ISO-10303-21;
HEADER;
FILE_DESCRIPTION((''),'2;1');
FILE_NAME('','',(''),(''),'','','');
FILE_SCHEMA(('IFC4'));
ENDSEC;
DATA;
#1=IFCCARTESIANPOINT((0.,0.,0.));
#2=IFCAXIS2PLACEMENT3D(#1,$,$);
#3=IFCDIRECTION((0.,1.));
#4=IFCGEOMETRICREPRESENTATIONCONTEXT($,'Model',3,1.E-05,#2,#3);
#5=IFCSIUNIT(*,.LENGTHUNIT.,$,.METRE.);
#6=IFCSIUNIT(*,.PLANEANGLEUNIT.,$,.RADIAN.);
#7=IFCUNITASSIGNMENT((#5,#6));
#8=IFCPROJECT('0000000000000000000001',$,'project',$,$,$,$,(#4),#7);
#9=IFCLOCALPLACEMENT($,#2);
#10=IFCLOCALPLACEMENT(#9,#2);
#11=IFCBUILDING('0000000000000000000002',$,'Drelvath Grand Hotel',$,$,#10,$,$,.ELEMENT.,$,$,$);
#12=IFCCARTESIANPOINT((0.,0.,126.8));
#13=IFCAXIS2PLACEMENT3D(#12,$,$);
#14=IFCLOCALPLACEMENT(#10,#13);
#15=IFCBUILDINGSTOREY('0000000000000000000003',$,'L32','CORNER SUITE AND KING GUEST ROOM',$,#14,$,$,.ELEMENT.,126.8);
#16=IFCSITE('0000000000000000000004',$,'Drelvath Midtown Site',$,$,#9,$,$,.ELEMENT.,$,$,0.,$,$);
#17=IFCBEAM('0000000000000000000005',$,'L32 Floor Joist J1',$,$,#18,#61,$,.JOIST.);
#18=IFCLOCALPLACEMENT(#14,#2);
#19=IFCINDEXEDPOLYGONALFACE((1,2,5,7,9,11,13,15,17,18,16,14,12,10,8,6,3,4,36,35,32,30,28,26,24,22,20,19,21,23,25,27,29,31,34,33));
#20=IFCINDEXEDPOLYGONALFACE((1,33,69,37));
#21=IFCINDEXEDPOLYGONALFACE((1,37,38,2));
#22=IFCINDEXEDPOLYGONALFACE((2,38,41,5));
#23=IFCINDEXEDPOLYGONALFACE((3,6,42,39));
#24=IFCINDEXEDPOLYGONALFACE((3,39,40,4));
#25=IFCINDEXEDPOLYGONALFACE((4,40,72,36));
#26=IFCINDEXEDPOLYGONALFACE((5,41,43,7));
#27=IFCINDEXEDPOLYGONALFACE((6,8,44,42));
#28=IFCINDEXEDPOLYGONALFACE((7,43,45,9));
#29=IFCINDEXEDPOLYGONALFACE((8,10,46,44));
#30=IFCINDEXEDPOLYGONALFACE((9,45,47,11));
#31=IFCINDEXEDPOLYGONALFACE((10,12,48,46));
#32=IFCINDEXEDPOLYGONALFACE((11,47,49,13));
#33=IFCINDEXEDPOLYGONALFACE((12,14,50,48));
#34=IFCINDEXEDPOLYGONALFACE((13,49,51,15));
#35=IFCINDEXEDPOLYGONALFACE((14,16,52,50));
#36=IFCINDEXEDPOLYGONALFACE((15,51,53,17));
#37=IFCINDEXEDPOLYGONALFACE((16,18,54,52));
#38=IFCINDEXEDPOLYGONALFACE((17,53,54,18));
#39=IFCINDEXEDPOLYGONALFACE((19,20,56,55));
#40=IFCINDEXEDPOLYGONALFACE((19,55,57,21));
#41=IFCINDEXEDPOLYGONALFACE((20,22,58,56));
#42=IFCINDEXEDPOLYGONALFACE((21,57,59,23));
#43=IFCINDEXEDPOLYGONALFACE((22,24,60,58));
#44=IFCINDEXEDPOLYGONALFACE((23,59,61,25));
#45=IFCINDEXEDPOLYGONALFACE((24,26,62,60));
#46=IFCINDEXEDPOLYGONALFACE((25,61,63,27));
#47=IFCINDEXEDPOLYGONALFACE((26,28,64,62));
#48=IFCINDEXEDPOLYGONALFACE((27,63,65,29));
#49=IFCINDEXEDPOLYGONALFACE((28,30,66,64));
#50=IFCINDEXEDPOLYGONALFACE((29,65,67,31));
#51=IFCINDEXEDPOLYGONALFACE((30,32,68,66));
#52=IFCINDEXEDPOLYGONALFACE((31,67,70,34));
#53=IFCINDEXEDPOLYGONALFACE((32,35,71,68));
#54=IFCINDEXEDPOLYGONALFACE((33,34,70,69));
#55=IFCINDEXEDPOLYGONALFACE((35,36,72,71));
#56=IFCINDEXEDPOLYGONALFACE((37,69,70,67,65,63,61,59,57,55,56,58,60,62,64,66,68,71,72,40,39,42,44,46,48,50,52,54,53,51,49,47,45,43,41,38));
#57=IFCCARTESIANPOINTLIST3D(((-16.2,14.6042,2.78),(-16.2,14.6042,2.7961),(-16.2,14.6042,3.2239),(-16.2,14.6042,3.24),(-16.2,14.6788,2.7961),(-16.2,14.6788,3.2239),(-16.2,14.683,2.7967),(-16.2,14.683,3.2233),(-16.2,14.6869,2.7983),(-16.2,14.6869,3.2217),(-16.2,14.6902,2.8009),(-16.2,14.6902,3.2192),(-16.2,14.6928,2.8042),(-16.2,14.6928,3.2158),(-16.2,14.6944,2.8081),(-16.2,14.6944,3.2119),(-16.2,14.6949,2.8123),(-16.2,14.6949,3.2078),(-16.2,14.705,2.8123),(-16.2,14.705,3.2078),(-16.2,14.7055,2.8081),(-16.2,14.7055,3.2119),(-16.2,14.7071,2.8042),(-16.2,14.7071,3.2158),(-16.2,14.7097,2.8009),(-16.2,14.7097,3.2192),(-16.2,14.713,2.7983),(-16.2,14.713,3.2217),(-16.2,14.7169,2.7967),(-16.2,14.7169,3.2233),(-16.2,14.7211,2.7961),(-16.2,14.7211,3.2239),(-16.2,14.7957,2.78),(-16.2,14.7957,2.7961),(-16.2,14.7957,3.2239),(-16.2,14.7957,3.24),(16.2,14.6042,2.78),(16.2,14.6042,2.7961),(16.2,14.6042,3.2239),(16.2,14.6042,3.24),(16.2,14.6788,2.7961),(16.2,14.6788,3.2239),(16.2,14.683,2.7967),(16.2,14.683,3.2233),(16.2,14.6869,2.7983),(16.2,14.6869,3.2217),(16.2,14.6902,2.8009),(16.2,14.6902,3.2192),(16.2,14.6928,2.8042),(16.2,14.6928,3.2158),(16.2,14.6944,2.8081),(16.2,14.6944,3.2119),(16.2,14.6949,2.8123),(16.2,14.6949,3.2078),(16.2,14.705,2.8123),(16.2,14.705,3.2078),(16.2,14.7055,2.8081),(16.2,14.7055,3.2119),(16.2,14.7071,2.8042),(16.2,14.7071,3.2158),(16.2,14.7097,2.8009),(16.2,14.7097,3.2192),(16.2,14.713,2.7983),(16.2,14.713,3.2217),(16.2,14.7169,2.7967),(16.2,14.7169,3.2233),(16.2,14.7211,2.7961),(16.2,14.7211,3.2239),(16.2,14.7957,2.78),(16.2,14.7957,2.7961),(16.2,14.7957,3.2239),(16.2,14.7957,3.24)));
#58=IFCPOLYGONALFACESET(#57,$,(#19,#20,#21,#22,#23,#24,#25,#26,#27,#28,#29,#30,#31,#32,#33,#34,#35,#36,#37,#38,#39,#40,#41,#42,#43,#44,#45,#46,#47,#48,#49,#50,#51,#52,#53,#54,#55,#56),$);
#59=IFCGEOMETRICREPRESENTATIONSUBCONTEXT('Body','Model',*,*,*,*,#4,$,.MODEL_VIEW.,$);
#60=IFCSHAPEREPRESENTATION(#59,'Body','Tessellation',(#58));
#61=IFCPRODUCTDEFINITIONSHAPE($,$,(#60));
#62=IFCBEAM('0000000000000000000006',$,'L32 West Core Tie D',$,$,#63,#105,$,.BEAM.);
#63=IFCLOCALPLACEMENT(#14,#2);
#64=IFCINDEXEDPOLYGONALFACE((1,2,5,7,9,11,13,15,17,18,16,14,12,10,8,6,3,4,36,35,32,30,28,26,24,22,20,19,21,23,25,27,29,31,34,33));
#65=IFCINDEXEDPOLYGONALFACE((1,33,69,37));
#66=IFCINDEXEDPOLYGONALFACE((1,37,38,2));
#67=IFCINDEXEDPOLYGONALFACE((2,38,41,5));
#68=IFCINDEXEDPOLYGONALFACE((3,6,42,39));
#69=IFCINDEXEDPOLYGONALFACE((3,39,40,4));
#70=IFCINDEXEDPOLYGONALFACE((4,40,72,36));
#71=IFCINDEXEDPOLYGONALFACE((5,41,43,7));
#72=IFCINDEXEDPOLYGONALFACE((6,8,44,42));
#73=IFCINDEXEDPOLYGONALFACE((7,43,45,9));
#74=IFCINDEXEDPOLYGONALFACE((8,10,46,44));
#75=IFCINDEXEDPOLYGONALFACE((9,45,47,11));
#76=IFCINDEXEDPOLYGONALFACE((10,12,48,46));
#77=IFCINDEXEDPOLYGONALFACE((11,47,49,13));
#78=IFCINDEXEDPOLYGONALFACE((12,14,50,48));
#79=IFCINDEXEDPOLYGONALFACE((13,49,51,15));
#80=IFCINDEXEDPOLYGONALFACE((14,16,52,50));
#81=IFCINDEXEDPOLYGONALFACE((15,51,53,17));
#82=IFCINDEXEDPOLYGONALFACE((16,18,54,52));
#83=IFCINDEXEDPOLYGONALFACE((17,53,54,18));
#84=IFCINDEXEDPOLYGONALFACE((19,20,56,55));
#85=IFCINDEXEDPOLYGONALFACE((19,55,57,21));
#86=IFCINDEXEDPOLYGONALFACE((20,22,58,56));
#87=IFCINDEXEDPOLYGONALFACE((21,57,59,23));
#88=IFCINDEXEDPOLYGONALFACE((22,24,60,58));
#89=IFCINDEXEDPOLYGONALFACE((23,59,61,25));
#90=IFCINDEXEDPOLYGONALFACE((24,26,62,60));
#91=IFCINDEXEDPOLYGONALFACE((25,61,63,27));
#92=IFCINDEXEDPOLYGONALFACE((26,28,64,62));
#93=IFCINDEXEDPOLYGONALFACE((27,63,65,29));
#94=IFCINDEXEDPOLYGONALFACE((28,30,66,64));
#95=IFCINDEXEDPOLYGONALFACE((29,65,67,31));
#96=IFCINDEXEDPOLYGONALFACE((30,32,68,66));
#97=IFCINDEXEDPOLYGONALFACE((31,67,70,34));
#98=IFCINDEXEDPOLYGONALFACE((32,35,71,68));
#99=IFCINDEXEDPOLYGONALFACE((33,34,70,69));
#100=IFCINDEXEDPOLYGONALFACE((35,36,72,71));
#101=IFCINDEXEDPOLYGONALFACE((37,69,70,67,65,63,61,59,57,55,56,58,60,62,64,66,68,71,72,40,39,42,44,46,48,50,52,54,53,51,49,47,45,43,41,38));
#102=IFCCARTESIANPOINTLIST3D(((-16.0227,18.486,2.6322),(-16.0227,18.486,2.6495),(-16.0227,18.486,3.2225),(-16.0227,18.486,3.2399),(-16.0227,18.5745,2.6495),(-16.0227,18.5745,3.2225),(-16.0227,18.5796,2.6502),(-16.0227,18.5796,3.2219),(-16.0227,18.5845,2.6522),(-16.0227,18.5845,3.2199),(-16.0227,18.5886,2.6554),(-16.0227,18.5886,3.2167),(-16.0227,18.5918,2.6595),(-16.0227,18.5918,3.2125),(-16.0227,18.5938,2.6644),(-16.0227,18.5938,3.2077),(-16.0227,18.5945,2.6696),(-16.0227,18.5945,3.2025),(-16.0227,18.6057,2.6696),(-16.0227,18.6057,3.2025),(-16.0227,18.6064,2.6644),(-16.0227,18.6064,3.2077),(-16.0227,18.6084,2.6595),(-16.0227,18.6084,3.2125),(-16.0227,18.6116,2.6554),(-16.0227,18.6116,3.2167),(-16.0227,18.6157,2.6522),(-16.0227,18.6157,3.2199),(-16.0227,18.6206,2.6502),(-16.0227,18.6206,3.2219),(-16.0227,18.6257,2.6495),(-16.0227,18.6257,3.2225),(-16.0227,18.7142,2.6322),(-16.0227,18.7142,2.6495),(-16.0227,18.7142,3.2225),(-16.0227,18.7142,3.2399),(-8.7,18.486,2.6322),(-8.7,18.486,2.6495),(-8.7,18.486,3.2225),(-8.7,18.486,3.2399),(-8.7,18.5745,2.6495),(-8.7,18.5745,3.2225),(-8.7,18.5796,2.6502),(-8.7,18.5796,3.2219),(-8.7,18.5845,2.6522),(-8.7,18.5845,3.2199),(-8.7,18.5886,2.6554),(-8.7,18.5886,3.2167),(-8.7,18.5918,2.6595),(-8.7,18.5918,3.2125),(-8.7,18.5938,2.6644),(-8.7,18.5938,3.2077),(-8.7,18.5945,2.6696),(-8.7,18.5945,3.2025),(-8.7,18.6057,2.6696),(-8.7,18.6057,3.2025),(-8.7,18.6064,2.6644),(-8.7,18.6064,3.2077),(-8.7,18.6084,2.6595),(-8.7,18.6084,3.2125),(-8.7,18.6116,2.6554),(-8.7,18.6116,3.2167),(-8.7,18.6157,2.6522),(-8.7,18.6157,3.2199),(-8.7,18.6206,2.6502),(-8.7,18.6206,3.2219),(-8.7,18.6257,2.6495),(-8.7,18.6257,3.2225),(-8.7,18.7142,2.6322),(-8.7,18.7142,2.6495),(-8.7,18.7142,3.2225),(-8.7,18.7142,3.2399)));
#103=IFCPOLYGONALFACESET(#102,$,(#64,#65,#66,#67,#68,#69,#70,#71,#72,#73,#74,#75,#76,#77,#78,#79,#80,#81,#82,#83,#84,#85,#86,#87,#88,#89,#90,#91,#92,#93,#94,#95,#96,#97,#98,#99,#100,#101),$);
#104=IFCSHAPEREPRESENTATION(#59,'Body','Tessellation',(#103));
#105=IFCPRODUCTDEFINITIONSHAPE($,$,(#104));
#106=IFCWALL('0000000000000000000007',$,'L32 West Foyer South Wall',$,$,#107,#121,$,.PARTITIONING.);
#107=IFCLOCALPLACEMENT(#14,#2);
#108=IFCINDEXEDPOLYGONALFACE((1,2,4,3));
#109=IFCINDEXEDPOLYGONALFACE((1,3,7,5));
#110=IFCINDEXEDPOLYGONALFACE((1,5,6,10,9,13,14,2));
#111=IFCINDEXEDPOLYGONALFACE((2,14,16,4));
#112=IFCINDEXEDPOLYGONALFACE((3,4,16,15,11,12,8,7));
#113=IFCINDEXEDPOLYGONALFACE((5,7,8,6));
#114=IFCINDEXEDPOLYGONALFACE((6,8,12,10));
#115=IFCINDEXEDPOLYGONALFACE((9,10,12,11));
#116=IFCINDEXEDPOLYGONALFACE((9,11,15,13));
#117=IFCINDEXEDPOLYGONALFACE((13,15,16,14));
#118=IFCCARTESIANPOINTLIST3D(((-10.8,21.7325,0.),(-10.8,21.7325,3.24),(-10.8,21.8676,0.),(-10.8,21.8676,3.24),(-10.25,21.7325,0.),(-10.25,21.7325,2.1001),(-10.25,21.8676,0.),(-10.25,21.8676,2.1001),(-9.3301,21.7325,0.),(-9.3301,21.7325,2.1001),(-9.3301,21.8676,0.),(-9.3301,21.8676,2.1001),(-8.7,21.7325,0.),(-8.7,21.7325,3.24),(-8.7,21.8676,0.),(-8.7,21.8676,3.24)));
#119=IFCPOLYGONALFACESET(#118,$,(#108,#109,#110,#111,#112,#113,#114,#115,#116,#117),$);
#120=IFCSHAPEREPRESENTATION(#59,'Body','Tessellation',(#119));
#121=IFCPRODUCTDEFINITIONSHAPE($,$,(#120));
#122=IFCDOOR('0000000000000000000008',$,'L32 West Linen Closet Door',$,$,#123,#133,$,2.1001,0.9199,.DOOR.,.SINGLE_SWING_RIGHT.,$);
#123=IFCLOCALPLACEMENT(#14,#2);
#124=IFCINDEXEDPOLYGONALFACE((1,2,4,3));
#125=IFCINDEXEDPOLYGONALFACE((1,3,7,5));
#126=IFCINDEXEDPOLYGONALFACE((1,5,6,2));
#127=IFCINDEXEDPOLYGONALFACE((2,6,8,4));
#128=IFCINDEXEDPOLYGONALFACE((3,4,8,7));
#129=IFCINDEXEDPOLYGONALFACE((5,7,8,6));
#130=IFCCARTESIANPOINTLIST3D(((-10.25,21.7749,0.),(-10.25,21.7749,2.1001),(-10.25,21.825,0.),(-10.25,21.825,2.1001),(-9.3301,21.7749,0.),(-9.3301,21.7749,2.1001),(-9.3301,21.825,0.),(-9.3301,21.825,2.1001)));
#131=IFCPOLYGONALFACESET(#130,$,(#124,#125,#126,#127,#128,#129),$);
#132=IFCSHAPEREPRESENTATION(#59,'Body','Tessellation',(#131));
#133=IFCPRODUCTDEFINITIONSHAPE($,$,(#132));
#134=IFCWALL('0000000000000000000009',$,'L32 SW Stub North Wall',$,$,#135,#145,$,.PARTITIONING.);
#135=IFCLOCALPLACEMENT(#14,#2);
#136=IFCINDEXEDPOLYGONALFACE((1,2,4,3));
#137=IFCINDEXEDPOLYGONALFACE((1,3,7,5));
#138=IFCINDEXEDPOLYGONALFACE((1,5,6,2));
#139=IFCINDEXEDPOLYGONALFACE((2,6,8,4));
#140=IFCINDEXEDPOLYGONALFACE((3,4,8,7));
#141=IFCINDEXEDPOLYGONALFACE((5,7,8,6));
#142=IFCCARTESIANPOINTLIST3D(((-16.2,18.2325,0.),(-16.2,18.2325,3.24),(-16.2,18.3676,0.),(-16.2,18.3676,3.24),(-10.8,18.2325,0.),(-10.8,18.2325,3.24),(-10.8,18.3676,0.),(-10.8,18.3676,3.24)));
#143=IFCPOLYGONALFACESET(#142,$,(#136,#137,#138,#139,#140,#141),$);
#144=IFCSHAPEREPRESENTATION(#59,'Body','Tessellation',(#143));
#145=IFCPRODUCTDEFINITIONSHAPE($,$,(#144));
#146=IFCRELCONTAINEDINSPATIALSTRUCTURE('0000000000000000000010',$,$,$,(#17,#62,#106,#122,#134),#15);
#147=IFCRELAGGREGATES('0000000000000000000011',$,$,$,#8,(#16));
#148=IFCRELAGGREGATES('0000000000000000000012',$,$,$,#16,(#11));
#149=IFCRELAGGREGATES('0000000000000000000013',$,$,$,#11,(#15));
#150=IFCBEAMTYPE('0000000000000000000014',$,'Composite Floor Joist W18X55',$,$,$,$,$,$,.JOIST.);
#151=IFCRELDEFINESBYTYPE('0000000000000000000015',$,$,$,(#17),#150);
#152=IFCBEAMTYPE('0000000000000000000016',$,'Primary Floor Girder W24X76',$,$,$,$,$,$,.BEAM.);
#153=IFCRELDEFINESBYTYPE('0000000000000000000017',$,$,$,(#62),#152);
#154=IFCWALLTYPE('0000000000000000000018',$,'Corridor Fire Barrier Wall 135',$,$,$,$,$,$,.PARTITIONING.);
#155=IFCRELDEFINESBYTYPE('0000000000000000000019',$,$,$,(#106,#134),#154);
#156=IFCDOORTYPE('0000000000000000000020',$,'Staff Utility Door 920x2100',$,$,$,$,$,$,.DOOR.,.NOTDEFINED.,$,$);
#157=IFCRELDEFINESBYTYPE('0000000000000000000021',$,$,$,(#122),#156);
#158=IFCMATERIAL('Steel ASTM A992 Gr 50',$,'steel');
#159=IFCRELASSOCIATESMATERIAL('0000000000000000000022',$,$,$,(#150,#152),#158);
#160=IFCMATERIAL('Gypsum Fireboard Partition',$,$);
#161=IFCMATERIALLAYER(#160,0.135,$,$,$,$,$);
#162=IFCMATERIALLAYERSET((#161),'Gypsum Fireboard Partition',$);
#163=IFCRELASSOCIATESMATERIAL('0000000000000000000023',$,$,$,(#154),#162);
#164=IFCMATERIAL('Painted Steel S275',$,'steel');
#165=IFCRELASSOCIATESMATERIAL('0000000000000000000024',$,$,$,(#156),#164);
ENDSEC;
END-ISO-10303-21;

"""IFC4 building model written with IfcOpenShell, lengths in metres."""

from ifc_helpers import new_model, si_unit, direction, frame, frame_2d, origin, origin_2d, place, context, subcontext, project, spatial, rectangle, i_section, extrude, material, layer, layer_set, material_profile, profile_set, type_object, element, fill, save


model = new_model("IFC4")

# Units and contexts
model_context = context("Model", 3, precision=1e-05, world=origin(), true_north=direction((0.0, 1.0)))
body_context = subcontext(model_context, "Body", "Model", "MODEL_VIEW")
ifc_project = project(units=[si_unit("LENGTHUNIT", "METRE"), si_unit("PLANEANGLEUNIT", "RADIAN")], contexts=[model_context])

# Site, building, storey
site_placement = place(None, origin())
site = spatial("IfcSite", under=ifc_project, at=site_placement, Name="Drelvath Midtown Site", CompositionType="ELEMENT", RefElevation=0.0)
building_placement = place(site_placement, origin())
building = spatial("IfcBuilding", under=site, at=building_placement, Name="Drelvath Grand Hotel", CompositionType="ELEMENT")
storey_placement = place(building_placement, frame((0.0, 0.0, 126.8)))
storey = spatial("IfcBuildingStorey", under=building, at=storey_placement, Name="L32", Description="CORNER SUITE AND KING GUEST ROOM", CompositionType="ELEMENT", Elevation=126.8)

# Beams
ifc_material_1 = material(Name="Steel ASTM A992 Gr 50", Category="steel")
ifc_material_profile_1 = material_profile(ifc_material_1, i_section(OverallWidth=0.1914, OverallDepth=0.46, WebThickness=0.01, FlangeThickness=0.0161, FilletRadius=0.0161, at=origin_2d()), Name="W18X55")
ifc_profile_set_1 = profile_set([ifc_material_profile_1], Name="Steel ASTM A992 Gr 50")
beam_type_1 = type_object("IfcBeamType", Name="Composite Floor Joist W18X55", PredefinedType="JOIST", material=ifc_profile_set_1)
beam_1_placement = place(storey_placement, frame((-16.2, 14.7, 3.01), z_axis=(1.0, 0.0, 0.0), x_axis=(0.0, 1.0, 0.0)))
element("IfcBeam", 1, at=beam_1_placement, inside=storey, type_object=beam_type_1, Name="L32 Floor Joist J1", PredefinedType="JOIST", context=body_context, shape_type="SweptSolid", body=[
    extrude(i_section(OverallWidth=0.1914, OverallDepth=0.46, WebThickness=0.01, FlangeThickness=0.0161, FilletRadius=0.0161, at=origin_2d()), origin(), (0.0, 0.0, 1.0), 32.3999),
])
ifc_material_profile_2 = material_profile(ifc_material_1, i_section(OverallWidth=0.2283, OverallDepth=0.6077, WebThickness=0.0112, FlangeThickness=0.0173, FilletRadius=0.02, at=origin_2d()), Name="W24X76")
ifc_profile_set_2 = profile_set([ifc_material_profile_2], Name="Steel ASTM A992 Gr 50")
beam_type_2 = type_object("IfcBeamType", Name="Primary Floor Girder W24X76", PredefinedType="BEAM", material=ifc_profile_set_2)
beam_2_placement = place(storey_placement, frame((-16.0227, 18.6001, 2.936), z_axis=(1.0, 0.0, 0.0), x_axis=(0.0, 1.0, 0.0)))
element("IfcBeam", 2, at=beam_2_placement, inside=storey, type_object=beam_type_2, Name="L32 West Core Tie D", PredefinedType="BEAM", context=body_context, shape_type="SweptSolid", body=[
    extrude(i_section(OverallWidth=0.2283, OverallDepth=0.6077, WebThickness=0.0112, FlangeThickness=0.0173, FilletRadius=0.02, at=origin_2d()), origin(), (0.0, 0.0, 1.0), 7.3228),
])

# Wall, opening, door
ifc_material_2 = material(Name="Gypsum Fireboard Partition")
ifc_layer_1 = layer(ifc_material_2, 0.135)
ifc_layer_set_1 = layer_set([ifc_layer_1], Name="Gypsum Fireboard Partition")
wall_type_1 = type_object("IfcWallType", Name="Corridor Fire Barrier Wall 135", PredefinedType="PARTITIONING", material=ifc_layer_set_1)
wall_1_placement = place(storey_placement, frame((-10.8, 21.8, 0.0), z_axis=(0.0, 0.0, 1.0), x_axis=(1.0, 0.0, 0.0)))
wall_1 = element("IfcWall", 3, at=wall_1_placement, inside=storey, type_object=wall_type_1, Name="L32 West Foyer South Wall", PredefinedType="PARTITIONING", context=body_context, shape_type="SweptSolid", body=[
    extrude(rectangle(XDim=2.1001, YDim=0.135, at=frame_2d((1.05, 0.0))), origin(), (0.0, 0.0, 1.0), 3.24),
])
opening_1_placement = place(wall_1_placement, frame((0.55, 0.0, 0.0)))
opening_1 = element("IfcOpeningElement", 4, at=opening_1_placement, cuts=wall_1, PredefinedType="OPENING", context=body_context, shape_type="SweptSolid", body=[
    extrude(rectangle(XDim=0.9199, YDim=2.1001, at=frame_2d((0.46, 1.05))), frame((0.0, 0.0774, 0.0), z_axis=(0.0, -1.0, 0.0), x_axis=(1.0, 0.0, 0.0)), (0.0, 0.0, 1.0), 0.155),
])
ifc_material_3 = material(Name="Painted Steel S275", Category="steel")
door_type_1 = type_object("IfcDoorType", Name="Staff Utility Door 920x2100", OperationType="NOTDEFINED", PredefinedType="DOOR", material=ifc_material_3)
door_1_placement = place(opening_1_placement, origin())
door_1 = element("IfcDoor", 5, at=door_1_placement, inside=storey, type_object=door_type_1, Name="L32 West Linen Closet Door", OperationType="SINGLE_SWING_RIGHT", OverallHeight=2.1001, OverallWidth=0.9199, PredefinedType="DOOR", context=body_context, shape_type="SweptSolid", body=[
    extrude(rectangle(XDim=0.9199, YDim=2.1001, at=frame_2d((0.46, 1.05))), frame((0.0, 0.0249, 0.0), z_axis=(0.0, -1.0, 0.0), x_axis=(1.0, 0.0, 0.0)), (0.0, 0.0, 1.0), 0.05),
])
fill(opening_1, door_1)

# Wall
wall_2_placement = place(storey_placement, frame((-16.2, 18.3, 0.0), z_axis=(0.0, 0.0, 1.0), x_axis=(1.0, 0.0, 0.0)))
element("IfcWall", 6, at=wall_2_placement, inside=storey, type_object=wall_type_1, Name="L32 SW Stub North Wall", PredefinedType="PARTITIONING", context=body_context, shape_type="SweptSolid", body=[
    extrude(rectangle(XDim=5.3999, YDim=0.135, at=frame_2d((2.7, 0.0))), origin(), (0.0, 0.0, 1.0), 3.24),
])

save(model, "model.ifc")
